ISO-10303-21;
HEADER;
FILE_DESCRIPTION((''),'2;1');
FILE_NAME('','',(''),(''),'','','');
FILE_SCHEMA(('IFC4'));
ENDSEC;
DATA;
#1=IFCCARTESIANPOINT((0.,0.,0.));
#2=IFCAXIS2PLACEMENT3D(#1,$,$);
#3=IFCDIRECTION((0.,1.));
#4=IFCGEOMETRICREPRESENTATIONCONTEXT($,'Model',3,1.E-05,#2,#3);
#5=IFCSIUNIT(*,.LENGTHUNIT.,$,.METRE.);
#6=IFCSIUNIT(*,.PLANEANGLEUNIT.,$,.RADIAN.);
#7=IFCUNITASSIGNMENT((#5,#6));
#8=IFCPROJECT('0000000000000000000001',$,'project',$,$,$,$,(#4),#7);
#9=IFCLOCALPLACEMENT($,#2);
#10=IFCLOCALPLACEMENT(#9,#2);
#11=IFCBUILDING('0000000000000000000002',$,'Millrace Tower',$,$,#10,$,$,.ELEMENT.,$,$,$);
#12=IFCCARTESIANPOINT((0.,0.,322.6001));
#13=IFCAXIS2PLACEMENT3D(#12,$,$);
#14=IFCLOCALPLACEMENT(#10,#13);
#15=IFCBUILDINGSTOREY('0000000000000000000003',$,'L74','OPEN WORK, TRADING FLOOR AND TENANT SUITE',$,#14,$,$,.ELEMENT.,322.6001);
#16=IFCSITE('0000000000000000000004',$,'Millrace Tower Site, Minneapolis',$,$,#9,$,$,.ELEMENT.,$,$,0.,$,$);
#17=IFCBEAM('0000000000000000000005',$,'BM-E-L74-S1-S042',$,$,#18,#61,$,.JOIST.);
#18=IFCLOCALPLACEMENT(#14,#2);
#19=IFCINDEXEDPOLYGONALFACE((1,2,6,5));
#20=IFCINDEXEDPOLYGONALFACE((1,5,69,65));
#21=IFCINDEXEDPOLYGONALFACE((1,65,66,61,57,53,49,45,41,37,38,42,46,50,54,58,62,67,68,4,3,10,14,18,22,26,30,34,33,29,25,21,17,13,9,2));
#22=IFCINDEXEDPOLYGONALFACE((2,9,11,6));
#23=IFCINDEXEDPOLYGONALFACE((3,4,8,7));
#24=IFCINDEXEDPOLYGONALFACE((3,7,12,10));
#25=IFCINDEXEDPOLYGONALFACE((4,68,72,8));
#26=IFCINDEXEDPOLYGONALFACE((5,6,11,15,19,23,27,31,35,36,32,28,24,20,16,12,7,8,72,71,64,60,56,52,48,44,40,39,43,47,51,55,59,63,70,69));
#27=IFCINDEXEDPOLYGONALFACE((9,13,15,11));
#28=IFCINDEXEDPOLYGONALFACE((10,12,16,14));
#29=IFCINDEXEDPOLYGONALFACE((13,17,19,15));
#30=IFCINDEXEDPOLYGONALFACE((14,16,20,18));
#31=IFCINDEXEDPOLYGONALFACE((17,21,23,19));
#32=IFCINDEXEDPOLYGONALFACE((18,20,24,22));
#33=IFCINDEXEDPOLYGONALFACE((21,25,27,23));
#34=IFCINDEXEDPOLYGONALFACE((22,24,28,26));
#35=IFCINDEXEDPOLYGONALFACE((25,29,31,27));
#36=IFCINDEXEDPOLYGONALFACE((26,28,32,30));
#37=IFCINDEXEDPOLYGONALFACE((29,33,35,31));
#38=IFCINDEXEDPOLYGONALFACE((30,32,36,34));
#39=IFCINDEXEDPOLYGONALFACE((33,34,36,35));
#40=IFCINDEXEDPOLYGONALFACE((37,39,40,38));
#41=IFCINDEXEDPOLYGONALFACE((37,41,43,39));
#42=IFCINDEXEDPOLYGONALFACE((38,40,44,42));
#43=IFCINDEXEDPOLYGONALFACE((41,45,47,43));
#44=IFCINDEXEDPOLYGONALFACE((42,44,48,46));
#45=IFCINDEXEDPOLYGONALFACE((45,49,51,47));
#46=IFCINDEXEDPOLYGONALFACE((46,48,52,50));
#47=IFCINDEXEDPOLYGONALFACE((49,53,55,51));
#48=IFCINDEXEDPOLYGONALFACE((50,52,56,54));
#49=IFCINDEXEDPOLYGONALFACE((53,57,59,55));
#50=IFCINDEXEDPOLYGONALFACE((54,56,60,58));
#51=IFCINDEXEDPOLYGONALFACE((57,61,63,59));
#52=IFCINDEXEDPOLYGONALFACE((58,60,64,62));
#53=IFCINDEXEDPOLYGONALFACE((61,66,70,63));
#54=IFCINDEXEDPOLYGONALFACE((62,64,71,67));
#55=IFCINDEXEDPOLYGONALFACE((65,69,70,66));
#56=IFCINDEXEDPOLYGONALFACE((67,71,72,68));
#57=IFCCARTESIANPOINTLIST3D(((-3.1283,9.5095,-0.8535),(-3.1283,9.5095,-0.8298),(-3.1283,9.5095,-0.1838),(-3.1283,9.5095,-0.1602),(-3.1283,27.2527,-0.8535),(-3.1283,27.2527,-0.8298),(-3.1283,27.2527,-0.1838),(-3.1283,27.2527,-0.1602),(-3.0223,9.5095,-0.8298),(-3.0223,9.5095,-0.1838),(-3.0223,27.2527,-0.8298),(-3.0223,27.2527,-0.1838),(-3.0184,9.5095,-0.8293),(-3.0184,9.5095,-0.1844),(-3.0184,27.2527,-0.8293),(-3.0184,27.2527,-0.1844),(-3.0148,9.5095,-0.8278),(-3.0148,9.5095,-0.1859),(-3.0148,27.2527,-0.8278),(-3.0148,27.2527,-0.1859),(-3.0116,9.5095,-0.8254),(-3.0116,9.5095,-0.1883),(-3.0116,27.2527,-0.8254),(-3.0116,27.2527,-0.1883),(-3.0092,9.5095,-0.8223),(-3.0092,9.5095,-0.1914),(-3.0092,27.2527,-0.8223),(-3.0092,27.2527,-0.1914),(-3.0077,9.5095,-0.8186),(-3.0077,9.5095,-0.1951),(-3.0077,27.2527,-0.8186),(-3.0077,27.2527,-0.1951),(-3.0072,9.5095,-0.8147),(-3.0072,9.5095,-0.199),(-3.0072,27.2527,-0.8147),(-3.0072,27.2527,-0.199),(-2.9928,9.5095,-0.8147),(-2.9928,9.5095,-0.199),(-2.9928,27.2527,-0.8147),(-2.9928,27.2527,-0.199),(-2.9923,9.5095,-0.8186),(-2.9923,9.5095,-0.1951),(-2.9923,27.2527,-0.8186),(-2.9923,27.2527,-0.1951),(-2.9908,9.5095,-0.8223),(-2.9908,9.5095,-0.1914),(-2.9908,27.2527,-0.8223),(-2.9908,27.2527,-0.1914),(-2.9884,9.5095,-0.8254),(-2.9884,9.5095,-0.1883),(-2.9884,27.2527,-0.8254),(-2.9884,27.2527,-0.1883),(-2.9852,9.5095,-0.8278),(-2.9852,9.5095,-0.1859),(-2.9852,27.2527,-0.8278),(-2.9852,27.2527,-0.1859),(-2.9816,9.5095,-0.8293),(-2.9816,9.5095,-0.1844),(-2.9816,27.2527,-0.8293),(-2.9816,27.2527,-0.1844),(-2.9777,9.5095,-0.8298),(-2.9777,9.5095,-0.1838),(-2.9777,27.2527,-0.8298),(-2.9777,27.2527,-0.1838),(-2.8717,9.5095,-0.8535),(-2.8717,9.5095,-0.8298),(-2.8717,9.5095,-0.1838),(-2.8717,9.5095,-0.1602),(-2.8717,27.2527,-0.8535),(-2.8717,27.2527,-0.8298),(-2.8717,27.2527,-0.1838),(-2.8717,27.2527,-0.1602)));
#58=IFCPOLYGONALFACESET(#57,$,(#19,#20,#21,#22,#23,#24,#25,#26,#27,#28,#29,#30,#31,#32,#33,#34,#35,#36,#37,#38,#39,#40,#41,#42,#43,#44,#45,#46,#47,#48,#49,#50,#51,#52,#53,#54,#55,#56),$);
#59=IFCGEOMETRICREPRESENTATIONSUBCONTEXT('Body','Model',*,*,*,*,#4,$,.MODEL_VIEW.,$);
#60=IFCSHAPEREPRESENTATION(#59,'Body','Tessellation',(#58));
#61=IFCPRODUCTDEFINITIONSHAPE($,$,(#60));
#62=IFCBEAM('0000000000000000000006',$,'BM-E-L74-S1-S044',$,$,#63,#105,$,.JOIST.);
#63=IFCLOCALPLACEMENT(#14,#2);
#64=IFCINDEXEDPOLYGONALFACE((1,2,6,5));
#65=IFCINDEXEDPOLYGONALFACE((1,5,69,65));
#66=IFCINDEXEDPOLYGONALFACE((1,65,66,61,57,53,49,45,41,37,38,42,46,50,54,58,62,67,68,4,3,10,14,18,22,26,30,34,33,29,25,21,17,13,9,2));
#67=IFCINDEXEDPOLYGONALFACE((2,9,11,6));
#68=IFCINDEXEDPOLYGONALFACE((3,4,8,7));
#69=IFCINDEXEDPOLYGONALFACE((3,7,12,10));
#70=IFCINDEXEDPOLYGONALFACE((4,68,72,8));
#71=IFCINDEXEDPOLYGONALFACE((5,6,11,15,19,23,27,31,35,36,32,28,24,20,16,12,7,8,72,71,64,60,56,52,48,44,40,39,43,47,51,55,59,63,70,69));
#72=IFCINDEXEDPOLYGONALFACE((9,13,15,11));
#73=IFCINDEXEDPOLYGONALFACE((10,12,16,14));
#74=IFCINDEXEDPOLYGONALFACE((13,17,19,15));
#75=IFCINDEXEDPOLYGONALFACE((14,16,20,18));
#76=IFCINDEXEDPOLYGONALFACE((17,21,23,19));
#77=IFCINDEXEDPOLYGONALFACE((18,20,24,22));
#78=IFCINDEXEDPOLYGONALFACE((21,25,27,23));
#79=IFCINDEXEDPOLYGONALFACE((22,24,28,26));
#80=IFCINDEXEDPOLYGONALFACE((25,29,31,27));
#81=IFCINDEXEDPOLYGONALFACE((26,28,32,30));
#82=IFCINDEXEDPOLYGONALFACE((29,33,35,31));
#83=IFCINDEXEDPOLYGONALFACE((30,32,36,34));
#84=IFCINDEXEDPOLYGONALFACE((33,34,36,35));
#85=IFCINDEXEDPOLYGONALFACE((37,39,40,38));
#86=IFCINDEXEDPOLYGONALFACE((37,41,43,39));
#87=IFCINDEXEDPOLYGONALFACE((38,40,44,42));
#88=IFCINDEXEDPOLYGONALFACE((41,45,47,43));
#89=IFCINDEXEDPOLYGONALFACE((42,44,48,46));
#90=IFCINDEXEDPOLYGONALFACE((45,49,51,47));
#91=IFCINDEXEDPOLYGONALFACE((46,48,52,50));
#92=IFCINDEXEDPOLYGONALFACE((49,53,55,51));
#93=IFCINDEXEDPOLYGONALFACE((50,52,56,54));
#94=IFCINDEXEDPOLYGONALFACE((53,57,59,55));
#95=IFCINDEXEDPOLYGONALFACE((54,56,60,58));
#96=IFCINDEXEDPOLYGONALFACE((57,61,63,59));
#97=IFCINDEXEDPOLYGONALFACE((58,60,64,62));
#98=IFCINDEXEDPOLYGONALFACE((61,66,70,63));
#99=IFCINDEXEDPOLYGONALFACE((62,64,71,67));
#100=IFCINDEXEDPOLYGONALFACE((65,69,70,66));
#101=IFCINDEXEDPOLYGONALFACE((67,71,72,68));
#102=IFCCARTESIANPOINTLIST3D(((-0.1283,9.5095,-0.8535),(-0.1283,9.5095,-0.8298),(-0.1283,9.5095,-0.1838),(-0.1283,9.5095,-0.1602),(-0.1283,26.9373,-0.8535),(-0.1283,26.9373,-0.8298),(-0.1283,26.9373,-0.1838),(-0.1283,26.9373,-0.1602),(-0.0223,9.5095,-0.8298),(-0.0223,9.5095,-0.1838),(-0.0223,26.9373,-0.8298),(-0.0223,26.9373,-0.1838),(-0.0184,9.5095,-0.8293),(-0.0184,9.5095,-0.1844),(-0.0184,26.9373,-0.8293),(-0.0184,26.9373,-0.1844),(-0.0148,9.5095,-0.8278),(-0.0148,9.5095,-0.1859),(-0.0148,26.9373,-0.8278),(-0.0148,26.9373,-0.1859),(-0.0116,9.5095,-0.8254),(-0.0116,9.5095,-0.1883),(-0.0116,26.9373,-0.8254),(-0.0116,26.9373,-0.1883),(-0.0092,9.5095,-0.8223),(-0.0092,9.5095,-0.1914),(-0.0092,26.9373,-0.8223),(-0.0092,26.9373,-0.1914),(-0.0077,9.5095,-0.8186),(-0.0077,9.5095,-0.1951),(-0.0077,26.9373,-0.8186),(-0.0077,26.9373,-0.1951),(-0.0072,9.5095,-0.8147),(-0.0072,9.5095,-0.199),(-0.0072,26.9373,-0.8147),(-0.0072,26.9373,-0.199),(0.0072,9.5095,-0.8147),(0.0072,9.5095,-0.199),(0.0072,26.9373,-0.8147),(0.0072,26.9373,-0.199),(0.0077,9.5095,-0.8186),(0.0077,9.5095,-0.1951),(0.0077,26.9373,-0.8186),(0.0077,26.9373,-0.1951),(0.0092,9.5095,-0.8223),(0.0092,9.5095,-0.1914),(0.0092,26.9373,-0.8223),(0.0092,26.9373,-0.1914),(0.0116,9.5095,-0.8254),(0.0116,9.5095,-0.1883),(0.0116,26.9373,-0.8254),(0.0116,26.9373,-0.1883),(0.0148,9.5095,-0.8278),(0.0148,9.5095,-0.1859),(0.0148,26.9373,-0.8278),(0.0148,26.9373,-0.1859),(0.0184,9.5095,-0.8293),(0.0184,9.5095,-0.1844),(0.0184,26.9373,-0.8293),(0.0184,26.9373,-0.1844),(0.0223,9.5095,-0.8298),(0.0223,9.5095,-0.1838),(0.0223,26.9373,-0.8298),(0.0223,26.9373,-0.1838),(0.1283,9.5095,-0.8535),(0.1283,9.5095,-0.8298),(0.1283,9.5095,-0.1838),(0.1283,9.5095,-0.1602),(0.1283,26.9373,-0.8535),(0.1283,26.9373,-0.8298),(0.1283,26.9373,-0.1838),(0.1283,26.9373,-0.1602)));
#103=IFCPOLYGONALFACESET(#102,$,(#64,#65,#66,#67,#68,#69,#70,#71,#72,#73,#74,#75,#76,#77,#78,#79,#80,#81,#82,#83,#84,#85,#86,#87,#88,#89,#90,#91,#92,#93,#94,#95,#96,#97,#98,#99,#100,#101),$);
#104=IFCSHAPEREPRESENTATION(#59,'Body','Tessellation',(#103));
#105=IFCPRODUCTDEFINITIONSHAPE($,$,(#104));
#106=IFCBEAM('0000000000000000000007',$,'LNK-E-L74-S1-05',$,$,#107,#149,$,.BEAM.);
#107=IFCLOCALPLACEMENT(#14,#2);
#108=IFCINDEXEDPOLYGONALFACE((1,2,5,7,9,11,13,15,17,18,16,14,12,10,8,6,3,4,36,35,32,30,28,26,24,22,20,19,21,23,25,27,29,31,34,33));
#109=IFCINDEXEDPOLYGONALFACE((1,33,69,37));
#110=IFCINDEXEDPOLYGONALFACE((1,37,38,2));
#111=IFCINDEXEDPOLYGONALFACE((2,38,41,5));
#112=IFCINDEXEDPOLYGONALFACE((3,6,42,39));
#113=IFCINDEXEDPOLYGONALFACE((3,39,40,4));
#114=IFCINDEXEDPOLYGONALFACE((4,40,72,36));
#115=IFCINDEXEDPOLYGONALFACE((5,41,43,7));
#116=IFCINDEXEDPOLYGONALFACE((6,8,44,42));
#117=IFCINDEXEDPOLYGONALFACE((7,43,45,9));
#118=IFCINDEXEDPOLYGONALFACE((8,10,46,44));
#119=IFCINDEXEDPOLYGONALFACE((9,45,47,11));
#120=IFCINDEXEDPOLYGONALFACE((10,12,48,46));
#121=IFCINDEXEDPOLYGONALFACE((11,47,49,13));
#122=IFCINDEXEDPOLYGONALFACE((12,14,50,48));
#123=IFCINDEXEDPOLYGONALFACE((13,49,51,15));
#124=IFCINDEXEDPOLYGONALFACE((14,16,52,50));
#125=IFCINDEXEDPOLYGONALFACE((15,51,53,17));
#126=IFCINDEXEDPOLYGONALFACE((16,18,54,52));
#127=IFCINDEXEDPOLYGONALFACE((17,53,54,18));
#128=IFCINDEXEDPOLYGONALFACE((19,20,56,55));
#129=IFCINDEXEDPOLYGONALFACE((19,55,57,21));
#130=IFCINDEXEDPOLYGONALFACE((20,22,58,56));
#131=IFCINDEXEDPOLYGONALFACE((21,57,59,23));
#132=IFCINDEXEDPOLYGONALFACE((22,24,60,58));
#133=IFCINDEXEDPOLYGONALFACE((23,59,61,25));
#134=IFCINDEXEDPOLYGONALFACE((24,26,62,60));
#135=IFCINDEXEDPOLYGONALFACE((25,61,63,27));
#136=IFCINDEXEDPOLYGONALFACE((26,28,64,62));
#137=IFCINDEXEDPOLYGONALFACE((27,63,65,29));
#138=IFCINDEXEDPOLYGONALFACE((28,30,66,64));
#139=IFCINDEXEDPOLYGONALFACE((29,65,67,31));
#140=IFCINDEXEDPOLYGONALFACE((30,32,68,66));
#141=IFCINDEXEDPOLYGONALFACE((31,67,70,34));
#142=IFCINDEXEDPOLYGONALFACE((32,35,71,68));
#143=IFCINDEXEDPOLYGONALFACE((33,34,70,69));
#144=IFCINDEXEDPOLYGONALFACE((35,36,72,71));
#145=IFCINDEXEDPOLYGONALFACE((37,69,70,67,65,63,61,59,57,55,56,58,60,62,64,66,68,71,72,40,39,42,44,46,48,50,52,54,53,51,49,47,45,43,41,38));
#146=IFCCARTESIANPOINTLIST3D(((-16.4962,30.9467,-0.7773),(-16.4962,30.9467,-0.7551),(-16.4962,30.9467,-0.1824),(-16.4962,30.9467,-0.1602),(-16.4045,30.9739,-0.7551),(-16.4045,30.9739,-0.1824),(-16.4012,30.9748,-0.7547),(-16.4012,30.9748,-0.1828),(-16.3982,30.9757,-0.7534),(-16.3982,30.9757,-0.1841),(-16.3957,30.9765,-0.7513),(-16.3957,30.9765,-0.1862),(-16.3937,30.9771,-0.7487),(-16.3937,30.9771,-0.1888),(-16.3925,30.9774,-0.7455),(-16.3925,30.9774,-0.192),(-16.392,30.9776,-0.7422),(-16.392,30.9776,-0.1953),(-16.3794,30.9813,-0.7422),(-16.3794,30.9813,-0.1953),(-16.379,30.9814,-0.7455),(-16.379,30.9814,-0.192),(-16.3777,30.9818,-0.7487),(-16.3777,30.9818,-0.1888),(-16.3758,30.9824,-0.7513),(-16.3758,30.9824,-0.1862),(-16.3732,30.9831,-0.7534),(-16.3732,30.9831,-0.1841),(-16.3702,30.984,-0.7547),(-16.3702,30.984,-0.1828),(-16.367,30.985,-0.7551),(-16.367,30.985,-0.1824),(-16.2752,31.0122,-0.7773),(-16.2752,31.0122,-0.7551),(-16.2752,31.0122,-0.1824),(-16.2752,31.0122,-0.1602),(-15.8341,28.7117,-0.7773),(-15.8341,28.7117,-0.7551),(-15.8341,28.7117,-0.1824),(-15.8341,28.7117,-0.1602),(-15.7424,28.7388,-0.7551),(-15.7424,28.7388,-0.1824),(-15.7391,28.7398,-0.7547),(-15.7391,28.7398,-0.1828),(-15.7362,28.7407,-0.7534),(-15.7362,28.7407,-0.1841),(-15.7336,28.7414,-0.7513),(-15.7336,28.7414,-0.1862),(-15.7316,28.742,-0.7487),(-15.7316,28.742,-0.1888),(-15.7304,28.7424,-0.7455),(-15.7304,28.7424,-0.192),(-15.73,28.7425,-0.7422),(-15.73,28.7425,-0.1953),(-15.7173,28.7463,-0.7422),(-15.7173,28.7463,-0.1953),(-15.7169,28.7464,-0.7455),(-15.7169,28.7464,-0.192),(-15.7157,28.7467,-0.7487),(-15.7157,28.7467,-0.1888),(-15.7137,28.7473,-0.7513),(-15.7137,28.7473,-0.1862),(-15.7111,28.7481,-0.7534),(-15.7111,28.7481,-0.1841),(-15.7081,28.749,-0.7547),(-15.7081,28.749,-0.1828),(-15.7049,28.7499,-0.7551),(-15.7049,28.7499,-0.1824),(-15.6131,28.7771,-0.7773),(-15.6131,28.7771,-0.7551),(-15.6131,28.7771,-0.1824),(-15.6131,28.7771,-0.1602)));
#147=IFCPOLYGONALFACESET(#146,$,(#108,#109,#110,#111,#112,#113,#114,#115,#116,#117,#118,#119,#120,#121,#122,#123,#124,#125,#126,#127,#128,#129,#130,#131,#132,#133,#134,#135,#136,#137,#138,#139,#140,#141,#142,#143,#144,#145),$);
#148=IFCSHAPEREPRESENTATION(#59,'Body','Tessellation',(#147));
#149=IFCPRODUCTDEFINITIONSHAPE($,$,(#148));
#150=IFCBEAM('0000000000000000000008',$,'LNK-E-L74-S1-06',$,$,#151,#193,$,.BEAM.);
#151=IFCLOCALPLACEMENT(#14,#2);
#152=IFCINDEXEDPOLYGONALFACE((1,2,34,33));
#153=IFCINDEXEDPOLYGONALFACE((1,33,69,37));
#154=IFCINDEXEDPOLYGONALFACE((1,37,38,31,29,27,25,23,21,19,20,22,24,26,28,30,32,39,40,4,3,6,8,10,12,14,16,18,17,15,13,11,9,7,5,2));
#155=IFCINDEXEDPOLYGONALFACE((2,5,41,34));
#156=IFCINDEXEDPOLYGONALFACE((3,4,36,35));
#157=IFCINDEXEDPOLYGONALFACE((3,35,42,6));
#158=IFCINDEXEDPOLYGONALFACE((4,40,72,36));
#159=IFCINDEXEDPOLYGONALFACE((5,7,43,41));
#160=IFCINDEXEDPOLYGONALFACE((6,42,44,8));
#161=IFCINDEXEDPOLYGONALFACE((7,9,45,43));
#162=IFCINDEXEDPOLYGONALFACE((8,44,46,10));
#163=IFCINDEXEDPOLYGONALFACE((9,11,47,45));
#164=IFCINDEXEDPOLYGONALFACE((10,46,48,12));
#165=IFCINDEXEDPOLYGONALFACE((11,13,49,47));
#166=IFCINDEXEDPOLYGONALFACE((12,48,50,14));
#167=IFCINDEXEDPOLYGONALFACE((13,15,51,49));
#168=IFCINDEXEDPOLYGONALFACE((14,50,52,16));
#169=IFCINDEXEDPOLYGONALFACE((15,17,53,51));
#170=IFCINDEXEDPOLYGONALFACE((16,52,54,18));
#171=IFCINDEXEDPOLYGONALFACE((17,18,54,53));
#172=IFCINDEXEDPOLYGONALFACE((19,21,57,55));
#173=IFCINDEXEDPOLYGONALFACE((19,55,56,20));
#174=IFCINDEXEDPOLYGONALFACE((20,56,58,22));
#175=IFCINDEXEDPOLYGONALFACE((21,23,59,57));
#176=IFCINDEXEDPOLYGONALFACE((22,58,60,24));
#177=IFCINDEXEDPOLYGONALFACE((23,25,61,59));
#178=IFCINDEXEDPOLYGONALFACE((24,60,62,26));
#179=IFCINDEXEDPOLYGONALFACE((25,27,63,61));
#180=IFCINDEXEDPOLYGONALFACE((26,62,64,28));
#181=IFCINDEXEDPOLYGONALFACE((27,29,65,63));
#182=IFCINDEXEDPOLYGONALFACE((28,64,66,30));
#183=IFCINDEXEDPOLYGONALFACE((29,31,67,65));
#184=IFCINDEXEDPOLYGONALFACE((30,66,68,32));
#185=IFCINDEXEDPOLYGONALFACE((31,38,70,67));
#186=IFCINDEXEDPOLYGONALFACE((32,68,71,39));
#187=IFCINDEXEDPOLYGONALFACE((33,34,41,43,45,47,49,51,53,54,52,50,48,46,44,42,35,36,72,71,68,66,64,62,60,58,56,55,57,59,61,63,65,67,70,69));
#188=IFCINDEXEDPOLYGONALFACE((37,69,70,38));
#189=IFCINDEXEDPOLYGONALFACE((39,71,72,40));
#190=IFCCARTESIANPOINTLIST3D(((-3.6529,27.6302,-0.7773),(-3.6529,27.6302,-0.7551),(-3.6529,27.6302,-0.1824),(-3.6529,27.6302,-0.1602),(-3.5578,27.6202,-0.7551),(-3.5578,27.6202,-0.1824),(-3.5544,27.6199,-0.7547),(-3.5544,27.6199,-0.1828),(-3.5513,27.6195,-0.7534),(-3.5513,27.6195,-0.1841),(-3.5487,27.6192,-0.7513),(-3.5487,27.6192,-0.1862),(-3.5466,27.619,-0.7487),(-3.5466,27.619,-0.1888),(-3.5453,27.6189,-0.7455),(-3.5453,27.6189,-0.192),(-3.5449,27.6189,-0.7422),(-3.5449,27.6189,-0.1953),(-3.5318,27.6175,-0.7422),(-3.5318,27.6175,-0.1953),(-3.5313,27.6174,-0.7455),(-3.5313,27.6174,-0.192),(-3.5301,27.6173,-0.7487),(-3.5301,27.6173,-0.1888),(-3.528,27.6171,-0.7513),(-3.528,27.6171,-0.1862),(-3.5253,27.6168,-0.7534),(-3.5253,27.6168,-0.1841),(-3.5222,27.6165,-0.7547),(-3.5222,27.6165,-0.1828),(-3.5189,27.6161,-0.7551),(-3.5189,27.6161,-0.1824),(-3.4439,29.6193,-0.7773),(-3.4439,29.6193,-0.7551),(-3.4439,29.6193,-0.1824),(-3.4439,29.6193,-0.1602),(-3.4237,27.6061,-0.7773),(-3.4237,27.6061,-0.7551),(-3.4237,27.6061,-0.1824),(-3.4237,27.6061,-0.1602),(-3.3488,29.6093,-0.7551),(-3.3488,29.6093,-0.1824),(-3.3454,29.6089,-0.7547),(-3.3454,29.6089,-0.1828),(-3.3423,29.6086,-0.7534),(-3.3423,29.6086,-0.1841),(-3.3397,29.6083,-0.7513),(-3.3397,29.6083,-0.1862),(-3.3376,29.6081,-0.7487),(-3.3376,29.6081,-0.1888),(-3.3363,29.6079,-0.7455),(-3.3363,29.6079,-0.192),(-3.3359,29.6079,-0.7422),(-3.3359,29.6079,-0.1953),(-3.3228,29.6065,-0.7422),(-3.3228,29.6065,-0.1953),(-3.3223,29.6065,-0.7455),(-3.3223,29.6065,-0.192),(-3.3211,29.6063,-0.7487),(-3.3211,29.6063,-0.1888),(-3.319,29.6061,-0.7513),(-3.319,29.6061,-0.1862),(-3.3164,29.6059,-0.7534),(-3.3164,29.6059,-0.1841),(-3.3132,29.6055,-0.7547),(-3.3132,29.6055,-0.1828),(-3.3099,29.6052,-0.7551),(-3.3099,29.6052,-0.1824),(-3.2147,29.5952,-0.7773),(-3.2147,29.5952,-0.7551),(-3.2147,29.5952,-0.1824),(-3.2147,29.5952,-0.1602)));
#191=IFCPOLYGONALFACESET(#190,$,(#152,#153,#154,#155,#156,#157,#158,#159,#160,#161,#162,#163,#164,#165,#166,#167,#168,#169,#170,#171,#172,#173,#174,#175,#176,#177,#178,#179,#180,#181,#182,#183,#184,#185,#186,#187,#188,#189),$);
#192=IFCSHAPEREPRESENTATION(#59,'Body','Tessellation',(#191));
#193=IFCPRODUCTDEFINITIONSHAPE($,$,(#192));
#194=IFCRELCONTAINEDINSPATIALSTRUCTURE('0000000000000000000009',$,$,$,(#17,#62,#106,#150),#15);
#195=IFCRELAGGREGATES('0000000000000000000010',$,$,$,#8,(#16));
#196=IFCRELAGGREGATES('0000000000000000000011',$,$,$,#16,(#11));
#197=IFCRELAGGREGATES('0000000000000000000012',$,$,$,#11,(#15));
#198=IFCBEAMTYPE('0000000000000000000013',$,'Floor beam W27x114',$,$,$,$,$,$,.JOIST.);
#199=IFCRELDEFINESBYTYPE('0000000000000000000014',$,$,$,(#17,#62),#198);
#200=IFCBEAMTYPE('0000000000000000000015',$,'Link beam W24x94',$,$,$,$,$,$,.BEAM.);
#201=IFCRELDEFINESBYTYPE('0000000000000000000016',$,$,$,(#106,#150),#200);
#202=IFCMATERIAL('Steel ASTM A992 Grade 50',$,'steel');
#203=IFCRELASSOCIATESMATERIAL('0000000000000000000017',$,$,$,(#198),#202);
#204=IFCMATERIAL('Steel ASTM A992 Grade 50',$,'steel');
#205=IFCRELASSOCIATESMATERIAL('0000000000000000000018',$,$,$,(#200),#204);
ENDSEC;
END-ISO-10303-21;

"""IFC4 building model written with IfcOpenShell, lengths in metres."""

from ifc_helpers import new_model, si_unit, direction, frame, origin, origin_2d, place, context, subcontext, project, spatial, i_section, extrude, material, material_profile, profile_set, type_object, element, save


model = new_model("IFC4")

# Units and contexts
model_context = context("Model", 3, precision=1e-05, world=origin(), true_north=direction((0.0, 1.0)))
body_context = subcontext(model_context, "Body", "Model", "MODEL_VIEW")
ifc_project = project(units=[si_unit("LENGTHUNIT", "METRE"), si_unit("PLANEANGLEUNIT", "RADIAN")], contexts=[model_context])

# Site, building, storey
site_placement = place(None, origin())
site = spatial("IfcSite", under=ifc_project, at=site_placement, Name="Millrace Tower Site, Minneapolis", CompositionType="ELEMENT", RefElevation=0.0)
building_placement = place(site_placement, origin())
building = spatial("IfcBuilding", under=site, at=building_placement, Name="Millrace Tower", CompositionType="ELEMENT")
storey_placement = place(building_placement, frame((0.0, 0.0, 322.6001)))
storey = spatial("IfcBuildingStorey", under=building, at=storey_placement, Name="L74", Description="OPEN WORK, TRADING FLOOR AND TENANT SUITE", CompositionType="ELEMENT", Elevation=322.6001)

# Beams
ifc_material_1 = material(Name="Steel ASTM A992 Grade 50", Category="steel")
ifc_material_profile_1 = material_profile(ifc_material_1, i_section(OverallWidth=0.2566, OverallDepth=0.6934, WebThickness=0.0144, FlangeThickness=0.0237, FilletRadius=0.0151, at=origin_2d()))
ifc_profile_set_1 = profile_set([ifc_material_profile_1], Name="Steel ASTM A992 Grade 50")
beam_type_1 = type_object("IfcBeamType", Name="Floor beam W27x114", PredefinedType="JOIST", material=ifc_profile_set_1)
beam_1_placement = place(storey_placement, frame((-3.0, 9.5095, -0.5068), z_axis=(0.0, 1.0, 0.0), x_axis=(-1.0, 0.0, 0.0)))
element("IfcBeam", 1, at=beam_1_placement, inside=storey, type_object=beam_type_1, Name="BM-E-L74-S1-S042", PredefinedType="JOIST", context=body_context, shape_type="SweptSolid", body=[
    extrude(i_section(OverallWidth=0.2566, OverallDepth=0.6934, WebThickness=0.0144, FlangeThickness=0.0237, FilletRadius=0.0151, at=origin_2d()), origin(), (0.0, 0.0, 1.0), 17.7432),
])
beam_2_placement = place(storey_placement, frame((0.0, 9.5095, -0.5068), z_axis=(0.0, 1.0, 0.0), x_axis=(-1.0, 0.0, 0.0)))
element("IfcBeam", 2, at=beam_2_placement, inside=storey, type_object=beam_type_1, Name="BM-E-L74-S1-S044", PredefinedType="JOIST", context=body_context, shape_type="SweptSolid", body=[
    extrude(i_section(OverallWidth=0.2566, OverallDepth=0.6934, WebThickness=0.0144, FlangeThickness=0.0237, FilletRadius=0.0151, at=origin_2d()), origin(), (0.0, 0.0, 1.0), 17.4277),
])
ifc_material_2 = material(Name="Steel ASTM A992 Grade 50", Category="steel")
ifc_material_profile_2 = material_profile(ifc_material_2, i_section(OverallWidth=0.2305, OverallDepth=0.6172, WebThickness=0.0132, FlangeThickness=0.0222, FilletRadius=0.0129, at=origin_2d()))
ifc_profile_set_2 = profile_set([ifc_material_profile_2], Name="Steel ASTM A992 Grade 50")
beam_type_2 = type_object("IfcBeamType", Name="Link beam W24x94", PredefinedType="BEAM", material=ifc_profile_set_2)
beam_3_placement = place(storey_placement, frame((-15.7236, 28.7444, -0.4688), z_axis=(-0.284031, 0.958815, 0.0), x_axis=(-0.958815, -0.284031, 0.0)))
element("IfcBeam", 3, at=beam_3_placement, inside=storey, type_object=beam_type_2, Name="LNK-E-L74-S1-05", PredefinedType="BEAM", context=body_context, shape_type="SweptSolid", body=[
    extrude(i_section(OverallWidth=0.2305, OverallDepth=0.6172, WebThickness=0.0132, FlangeThickness=0.0222, FilletRadius=0.0129, at=origin_2d()), origin(), (0.0, 0.0, 1.0), 2.3311),
])
beam_4_placement = place(storey_placement, frame((-3.5383, 27.6182, -0.4688), z_axis=(0.104494, 0.994526, 0.0), x_axis=(-0.994526, 0.104494, 0.0)))
element("IfcBeam", 4, at=beam_4_placement, inside=storey, type_object=beam_type_2, Name="LNK-E-L74-S1-06", PredefinedType="BEAM", context=body_context, shape_type="SweptSolid", body=[
    extrude(i_section(OverallWidth=0.2305, OverallDepth=0.6172, WebThickness=0.0132, FlangeThickness=0.0222, FilletRadius=0.0129, at=origin_2d()), origin(), (0.0, 0.0, 1.0), 2.0),
])

save(model, "model.ifc")
